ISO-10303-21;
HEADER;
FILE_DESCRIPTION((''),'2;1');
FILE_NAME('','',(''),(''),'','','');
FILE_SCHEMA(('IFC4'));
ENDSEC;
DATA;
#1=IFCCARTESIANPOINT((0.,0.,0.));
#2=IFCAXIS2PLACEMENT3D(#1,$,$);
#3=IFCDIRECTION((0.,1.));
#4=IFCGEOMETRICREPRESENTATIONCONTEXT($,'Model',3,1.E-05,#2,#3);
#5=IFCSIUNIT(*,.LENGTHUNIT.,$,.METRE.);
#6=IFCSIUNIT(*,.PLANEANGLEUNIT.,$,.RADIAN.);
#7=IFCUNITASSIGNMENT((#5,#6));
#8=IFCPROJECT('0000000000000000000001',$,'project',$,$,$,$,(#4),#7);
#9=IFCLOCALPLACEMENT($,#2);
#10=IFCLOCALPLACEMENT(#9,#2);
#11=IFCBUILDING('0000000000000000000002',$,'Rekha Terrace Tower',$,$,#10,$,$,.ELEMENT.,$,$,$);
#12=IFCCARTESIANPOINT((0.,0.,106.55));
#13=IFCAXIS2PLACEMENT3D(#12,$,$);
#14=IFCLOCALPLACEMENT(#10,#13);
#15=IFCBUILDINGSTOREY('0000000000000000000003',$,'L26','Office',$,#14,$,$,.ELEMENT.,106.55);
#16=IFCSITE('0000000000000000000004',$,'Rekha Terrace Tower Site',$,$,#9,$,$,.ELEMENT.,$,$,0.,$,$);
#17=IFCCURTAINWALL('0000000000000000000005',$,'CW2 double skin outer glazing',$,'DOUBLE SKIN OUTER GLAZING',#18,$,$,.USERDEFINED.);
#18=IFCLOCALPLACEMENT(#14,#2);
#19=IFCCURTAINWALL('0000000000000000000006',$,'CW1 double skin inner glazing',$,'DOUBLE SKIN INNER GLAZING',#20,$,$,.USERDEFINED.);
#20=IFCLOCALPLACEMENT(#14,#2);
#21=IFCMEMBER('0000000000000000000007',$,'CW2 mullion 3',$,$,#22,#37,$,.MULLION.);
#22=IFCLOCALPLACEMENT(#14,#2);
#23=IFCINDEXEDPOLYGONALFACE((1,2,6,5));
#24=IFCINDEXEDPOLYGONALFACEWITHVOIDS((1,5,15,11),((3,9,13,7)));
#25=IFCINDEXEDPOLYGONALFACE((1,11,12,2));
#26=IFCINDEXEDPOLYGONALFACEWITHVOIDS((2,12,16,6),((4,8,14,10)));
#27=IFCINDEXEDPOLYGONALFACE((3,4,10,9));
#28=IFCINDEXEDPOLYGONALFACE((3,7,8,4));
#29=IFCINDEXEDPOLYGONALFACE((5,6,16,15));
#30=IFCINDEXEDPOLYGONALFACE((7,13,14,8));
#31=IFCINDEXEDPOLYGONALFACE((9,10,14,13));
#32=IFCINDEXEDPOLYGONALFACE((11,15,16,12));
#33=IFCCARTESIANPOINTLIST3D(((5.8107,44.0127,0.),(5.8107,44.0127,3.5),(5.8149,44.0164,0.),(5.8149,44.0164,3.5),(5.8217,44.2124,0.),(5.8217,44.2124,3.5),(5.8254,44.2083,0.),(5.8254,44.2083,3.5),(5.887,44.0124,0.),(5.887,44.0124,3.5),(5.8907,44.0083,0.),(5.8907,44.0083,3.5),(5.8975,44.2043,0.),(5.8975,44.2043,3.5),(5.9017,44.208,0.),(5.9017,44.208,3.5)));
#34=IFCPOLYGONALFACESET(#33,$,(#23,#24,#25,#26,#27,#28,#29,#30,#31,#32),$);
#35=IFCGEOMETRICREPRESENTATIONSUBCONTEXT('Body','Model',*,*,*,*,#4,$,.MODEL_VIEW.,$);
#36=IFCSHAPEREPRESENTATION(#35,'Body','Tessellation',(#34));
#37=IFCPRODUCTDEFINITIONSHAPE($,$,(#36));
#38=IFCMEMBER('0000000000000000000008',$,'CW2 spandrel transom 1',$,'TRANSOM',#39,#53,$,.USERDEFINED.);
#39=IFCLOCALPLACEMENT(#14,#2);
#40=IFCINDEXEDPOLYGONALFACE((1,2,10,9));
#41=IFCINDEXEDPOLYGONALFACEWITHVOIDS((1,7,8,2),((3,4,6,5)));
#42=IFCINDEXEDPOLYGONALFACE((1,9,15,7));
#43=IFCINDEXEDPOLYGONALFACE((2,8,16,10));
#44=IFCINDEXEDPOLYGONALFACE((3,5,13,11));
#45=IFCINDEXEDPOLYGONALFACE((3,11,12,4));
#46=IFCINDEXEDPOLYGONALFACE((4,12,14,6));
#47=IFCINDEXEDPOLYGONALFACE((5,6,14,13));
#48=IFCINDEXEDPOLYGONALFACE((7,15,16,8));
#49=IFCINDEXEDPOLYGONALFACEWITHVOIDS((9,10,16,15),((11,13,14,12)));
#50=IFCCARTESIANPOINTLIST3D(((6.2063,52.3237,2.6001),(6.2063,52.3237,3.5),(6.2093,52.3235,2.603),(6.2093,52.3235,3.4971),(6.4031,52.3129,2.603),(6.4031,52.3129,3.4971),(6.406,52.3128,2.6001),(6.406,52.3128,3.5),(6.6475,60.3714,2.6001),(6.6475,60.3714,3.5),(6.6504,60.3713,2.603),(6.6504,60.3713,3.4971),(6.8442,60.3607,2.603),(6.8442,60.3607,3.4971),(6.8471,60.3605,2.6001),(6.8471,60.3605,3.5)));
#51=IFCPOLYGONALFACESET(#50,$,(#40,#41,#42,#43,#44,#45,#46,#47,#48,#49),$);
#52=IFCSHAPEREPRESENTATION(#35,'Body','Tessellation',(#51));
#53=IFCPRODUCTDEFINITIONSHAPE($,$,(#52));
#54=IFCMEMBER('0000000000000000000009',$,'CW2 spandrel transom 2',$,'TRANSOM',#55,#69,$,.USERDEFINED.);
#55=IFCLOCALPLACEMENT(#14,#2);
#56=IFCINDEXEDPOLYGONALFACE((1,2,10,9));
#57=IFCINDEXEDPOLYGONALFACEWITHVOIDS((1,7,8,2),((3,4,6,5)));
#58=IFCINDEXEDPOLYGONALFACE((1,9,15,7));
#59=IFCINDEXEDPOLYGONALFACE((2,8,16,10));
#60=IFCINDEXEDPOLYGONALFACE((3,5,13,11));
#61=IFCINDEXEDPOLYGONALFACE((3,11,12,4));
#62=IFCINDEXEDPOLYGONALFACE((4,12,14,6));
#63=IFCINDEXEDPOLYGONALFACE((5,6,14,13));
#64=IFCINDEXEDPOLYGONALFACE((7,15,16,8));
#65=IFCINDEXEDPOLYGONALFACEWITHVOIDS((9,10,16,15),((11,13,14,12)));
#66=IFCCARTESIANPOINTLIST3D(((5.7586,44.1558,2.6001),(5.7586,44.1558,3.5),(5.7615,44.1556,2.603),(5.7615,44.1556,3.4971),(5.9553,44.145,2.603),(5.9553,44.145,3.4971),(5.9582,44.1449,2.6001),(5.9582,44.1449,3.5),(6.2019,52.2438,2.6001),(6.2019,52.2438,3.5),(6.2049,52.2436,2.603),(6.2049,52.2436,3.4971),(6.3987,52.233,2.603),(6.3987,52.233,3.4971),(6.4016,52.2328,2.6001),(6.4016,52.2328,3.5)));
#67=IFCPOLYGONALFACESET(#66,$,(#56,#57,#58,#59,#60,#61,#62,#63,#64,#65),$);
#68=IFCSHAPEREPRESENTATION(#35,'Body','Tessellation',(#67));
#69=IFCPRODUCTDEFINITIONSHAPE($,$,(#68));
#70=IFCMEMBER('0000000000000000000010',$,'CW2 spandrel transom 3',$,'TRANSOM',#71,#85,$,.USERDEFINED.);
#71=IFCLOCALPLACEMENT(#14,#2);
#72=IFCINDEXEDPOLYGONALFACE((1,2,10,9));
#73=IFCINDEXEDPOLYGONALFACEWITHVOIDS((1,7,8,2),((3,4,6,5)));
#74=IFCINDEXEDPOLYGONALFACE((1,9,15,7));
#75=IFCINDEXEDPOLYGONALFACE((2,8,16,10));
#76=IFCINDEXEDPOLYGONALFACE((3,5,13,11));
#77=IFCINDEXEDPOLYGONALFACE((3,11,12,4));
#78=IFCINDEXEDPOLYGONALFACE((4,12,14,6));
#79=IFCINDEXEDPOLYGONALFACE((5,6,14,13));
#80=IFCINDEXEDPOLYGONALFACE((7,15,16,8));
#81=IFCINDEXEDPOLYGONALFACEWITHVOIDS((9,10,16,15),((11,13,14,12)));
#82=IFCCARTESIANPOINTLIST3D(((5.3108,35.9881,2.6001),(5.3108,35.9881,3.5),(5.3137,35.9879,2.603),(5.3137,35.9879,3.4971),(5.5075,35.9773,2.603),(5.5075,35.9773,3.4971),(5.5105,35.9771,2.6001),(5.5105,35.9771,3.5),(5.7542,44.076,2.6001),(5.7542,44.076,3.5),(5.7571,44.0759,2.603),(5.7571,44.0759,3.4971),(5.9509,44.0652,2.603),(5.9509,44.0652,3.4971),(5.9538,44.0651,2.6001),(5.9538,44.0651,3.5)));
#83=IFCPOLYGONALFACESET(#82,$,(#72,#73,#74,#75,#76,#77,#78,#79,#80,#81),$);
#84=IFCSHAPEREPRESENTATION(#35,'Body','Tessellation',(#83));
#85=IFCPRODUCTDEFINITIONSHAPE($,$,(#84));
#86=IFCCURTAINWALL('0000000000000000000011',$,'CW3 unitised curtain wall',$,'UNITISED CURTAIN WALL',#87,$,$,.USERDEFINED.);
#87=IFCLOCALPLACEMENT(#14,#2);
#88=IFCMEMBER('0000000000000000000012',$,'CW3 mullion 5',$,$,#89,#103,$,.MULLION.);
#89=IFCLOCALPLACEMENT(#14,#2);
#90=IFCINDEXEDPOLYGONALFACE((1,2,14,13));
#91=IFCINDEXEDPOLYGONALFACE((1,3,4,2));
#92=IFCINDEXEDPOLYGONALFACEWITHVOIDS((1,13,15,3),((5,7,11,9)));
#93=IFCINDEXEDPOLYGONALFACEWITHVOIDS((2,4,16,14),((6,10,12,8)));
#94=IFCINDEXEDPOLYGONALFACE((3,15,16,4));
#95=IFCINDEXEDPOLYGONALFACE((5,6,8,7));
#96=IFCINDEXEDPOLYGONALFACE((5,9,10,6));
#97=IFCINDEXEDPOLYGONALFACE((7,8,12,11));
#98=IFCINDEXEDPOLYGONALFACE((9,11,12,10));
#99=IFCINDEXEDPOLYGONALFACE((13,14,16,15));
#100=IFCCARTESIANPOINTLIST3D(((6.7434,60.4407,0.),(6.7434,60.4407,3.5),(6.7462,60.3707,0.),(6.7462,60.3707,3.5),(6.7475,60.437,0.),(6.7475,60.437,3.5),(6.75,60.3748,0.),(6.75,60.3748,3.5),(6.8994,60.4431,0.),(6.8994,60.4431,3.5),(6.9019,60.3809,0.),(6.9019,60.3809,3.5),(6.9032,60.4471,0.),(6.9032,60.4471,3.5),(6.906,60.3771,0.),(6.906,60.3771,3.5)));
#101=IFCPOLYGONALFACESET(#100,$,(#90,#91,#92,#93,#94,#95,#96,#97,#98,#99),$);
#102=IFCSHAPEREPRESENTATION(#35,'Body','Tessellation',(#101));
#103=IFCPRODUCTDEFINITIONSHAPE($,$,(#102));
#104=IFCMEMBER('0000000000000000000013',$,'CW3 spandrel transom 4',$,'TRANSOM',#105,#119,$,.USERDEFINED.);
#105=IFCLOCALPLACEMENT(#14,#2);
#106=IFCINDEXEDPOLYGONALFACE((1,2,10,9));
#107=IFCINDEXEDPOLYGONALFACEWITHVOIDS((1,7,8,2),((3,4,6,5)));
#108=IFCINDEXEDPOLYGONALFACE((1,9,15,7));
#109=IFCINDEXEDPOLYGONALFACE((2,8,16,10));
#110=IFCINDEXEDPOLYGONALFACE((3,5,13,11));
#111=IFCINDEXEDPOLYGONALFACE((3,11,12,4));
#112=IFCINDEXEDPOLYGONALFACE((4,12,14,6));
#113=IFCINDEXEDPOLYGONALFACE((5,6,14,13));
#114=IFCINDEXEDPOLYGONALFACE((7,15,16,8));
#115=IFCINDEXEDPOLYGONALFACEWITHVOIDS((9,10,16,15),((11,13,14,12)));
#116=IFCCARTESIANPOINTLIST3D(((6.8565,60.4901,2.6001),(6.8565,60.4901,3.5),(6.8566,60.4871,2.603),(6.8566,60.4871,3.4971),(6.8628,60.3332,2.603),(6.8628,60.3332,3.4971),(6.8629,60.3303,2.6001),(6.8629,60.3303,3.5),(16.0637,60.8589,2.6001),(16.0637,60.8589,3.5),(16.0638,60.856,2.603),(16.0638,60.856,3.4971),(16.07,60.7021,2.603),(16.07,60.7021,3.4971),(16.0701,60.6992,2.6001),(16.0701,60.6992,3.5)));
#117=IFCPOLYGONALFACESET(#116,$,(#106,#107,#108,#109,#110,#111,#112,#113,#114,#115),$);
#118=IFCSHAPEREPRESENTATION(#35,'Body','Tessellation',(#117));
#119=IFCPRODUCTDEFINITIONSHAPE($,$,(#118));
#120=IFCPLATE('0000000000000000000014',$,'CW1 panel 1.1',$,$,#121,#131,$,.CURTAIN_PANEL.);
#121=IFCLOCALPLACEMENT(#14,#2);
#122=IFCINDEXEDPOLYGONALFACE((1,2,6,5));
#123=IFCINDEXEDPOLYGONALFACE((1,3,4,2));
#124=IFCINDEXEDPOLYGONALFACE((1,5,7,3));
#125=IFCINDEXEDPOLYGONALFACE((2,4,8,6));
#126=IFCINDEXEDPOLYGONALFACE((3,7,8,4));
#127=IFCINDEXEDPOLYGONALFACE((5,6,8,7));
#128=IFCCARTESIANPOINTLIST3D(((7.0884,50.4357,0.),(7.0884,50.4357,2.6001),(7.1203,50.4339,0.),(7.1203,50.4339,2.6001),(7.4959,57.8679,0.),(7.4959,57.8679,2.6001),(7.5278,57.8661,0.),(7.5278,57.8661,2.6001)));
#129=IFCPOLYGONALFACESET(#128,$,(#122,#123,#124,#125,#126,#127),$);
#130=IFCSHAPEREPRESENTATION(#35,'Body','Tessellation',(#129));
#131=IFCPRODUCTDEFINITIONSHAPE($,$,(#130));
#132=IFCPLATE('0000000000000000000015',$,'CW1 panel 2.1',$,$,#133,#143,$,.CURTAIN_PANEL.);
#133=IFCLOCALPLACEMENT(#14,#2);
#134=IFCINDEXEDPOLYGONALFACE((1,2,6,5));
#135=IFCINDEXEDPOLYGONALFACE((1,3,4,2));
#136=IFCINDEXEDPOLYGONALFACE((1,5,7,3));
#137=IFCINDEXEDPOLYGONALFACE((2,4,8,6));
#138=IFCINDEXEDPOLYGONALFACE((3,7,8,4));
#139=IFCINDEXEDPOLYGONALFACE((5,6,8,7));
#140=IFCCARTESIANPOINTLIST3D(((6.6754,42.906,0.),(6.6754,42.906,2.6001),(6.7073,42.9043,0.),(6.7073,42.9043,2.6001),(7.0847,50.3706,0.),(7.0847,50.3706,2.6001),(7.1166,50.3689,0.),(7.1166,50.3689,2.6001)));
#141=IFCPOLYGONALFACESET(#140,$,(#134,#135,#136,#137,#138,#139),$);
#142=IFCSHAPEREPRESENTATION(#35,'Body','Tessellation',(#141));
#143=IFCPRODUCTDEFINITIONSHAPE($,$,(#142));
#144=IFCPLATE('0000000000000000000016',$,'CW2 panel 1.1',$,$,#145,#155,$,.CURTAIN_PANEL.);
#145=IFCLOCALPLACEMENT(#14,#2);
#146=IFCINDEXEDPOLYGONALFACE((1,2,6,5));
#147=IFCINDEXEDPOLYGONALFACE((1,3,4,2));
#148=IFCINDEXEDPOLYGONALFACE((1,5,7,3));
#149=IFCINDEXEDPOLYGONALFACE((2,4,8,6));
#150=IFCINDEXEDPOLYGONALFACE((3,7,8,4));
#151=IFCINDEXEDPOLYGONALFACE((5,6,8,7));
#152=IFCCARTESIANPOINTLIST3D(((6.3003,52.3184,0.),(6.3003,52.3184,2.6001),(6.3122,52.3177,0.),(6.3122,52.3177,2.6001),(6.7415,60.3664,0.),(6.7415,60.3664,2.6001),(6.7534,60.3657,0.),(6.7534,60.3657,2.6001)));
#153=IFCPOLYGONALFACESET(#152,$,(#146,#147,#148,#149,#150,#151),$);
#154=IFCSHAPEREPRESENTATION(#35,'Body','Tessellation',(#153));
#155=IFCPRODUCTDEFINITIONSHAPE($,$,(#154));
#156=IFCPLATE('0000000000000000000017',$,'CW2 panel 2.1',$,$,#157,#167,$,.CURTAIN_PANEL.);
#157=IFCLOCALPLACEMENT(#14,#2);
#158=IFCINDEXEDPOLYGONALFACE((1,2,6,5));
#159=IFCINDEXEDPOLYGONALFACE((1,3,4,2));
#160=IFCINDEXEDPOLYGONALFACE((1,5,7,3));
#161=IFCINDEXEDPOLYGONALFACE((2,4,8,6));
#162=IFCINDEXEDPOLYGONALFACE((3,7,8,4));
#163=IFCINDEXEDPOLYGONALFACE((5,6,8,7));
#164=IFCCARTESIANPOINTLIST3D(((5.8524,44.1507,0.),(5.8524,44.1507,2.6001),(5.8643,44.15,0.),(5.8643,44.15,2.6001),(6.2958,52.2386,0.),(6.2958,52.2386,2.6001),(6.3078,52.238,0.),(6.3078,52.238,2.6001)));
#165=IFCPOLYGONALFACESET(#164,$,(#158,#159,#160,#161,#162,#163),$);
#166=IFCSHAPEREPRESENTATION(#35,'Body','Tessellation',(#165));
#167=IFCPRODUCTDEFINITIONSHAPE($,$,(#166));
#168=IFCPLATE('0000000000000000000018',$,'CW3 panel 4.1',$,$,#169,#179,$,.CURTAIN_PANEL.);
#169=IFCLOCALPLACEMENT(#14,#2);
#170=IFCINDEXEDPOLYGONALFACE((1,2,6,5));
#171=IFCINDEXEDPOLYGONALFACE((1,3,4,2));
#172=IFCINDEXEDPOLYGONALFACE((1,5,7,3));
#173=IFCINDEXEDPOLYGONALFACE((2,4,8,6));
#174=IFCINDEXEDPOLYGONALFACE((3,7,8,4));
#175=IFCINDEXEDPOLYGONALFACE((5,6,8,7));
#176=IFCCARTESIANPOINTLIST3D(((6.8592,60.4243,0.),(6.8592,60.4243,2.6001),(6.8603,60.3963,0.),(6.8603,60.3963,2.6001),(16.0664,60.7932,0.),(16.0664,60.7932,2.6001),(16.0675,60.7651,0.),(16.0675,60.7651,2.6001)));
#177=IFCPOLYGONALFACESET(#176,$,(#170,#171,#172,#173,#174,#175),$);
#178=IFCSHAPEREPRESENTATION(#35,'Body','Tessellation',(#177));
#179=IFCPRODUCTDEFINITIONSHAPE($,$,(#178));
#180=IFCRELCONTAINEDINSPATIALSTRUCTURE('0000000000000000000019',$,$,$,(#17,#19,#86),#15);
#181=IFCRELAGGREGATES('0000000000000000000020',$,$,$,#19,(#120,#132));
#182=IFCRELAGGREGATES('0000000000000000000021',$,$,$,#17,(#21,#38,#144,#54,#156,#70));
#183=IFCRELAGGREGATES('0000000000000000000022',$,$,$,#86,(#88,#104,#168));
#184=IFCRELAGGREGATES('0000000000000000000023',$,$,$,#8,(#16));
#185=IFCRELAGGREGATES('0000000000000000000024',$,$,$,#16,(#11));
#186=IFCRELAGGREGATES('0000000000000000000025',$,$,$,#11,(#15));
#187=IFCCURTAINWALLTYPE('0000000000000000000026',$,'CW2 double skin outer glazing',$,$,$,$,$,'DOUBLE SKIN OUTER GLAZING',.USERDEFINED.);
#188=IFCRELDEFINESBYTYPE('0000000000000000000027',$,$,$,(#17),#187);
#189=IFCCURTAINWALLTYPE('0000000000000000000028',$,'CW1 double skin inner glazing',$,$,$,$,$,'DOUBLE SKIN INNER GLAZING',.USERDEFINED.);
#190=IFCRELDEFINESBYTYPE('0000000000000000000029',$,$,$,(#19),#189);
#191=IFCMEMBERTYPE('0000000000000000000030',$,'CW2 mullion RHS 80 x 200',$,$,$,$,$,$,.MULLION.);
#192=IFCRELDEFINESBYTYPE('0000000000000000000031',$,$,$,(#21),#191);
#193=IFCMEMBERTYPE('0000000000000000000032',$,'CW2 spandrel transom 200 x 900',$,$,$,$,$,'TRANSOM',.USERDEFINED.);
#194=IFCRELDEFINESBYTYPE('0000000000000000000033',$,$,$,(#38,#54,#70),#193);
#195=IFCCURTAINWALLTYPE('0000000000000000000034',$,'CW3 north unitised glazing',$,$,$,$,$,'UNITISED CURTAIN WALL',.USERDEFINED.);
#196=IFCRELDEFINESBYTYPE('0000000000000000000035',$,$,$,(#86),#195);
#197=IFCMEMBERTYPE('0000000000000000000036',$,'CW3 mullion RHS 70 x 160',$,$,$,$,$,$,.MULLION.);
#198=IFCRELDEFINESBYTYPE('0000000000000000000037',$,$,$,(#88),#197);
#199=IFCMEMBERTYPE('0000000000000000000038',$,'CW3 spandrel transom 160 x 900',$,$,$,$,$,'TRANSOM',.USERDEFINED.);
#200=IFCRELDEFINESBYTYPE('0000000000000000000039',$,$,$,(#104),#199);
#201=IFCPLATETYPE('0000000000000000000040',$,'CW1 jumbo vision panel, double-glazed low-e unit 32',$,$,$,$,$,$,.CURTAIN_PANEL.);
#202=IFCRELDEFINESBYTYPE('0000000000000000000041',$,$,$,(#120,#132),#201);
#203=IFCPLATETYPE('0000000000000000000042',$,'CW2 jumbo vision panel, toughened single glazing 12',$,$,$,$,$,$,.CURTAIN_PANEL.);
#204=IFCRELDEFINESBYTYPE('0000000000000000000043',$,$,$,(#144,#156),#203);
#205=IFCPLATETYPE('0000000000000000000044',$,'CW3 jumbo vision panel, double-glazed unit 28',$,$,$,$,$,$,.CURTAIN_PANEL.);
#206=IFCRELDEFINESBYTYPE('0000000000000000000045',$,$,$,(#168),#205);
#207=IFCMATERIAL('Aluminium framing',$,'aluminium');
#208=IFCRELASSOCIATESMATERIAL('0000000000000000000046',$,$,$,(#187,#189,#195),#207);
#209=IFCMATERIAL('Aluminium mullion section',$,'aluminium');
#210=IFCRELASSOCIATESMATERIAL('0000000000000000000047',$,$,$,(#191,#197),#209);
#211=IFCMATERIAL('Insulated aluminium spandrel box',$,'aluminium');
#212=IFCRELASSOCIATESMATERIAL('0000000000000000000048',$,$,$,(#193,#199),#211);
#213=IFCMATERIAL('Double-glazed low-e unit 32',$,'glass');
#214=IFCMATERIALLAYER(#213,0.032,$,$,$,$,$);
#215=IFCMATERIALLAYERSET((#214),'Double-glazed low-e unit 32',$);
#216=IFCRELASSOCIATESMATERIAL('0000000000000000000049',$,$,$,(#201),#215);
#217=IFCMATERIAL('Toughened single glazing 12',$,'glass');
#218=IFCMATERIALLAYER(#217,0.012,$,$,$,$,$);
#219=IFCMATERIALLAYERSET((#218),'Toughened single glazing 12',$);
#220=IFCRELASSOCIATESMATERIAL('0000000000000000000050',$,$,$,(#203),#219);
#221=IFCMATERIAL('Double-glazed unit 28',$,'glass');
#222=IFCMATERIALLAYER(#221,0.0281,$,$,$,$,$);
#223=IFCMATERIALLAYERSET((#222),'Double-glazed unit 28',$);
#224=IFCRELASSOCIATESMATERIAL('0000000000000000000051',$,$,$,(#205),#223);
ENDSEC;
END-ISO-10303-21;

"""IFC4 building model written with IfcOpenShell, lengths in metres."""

from ifc_helpers import new_model, si_unit, direction, frame, origin, origin_2d, place, context, subcontext, project, spatial, rectangle, hollow_rectangle, extrude, material, layer, layer_set, material_profile, profile_set, type_object, element, aggregate, save


model = new_model("IFC4")

# Units and contexts
model_context = context("Model", 3, precision=1e-05, world=origin(), true_north=direction((0.0, 1.0)))
body_context = subcontext(model_context, "Body", "Model", "MODEL_VIEW")
ifc_project = project(units=[si_unit("LENGTHUNIT", "METRE"), si_unit("PLANEANGLEUNIT", "RADIAN")], contexts=[model_context])

# Site, building, storey
site_placement = place(None, origin())
site = spatial("IfcSite", under=ifc_project, at=site_placement, Name="Rekha Terrace Tower Site", CompositionType="ELEMENT", RefElevation=0.0)
building_placement = place(site_placement, origin())
building = spatial("IfcBuilding", under=site, at=building_placement, Name="Rekha Terrace Tower", CompositionType="ELEMENT")
storey_placement = place(building_placement, frame((0.0, 0.0, 106.55)))
storey = spatial("IfcBuildingStorey", under=building, at=storey_placement, Name="L26", Description="Office", CompositionType="ELEMENT", Elevation=106.55)

# Curtain walls
ifc_material_1 = material(Name="Aluminium framing", Category="aluminium")
curtain_wall_type_1 = type_object("IfcCurtainWallType", Name="CW2 double skin outer glazing", ElementType="DOUBLE SKIN OUTER GLAZING", PredefinedType="USERDEFINED", material=ifc_material_1)
curtain_wall_1_placement = place(storey_placement, origin())
curtain_wall_1 = element("IfcCurtainWall", 1, at=curtain_wall_1_placement, inside=storey, type_object=curtain_wall_type_1, Name="CW2 double skin outer glazing", ObjectType="DOUBLE SKIN OUTER GLAZING", PredefinedType="USERDEFINED")
curtain_wall_type_2 = type_object("IfcCurtainWallType", Name="CW1 double skin inner glazing", ElementType="DOUBLE SKIN INNER GLAZING", PredefinedType="USERDEFINED", material=ifc_material_1)
curtain_wall_2_placement = place(storey_placement, origin())
curtain_wall_2 = element("IfcCurtainWall", 2, at=curtain_wall_2_placement, inside=storey, type_object=curtain_wall_type_2, Name="CW1 double skin inner glazing", ObjectType="DOUBLE SKIN INNER GLAZING", PredefinedType="USERDEFINED")
ifc_material_2 = material(Name="Aluminium mullion section", Category="aluminium")
ifc_material_3 = material(Name="Insulated aluminium spandrel box", Category="aluminium")

# Members
ifc_material_profile_1 = material_profile(ifc_material_2, hollow_rectangle(XDim=0.0801, YDim=0.2, WallThickness=0.0039, at=origin_2d()), Name="AL RHS 80x200")
ifc_profile_set_1 = profile_set([ifc_material_profile_1], Name="Aluminium mullion section")
member_type_1 = type_object("IfcMemberType", Name="CW2 mullion RHS 80 x 200", PredefinedType="MULLION", material=ifc_profile_set_1)
member_1_placement = place(storey_placement, frame((5.8562, 44.1104, 0.0), z_axis=(0.0, 0.0, 1.0), x_axis=(0.998501, -0.054742, 0.0)))
member_1 = element("IfcMember", 3, at=member_1_placement, type_object=member_type_1, Name="CW2 mullion 3", PredefinedType="MULLION", context=body_context, shape_type="SweptSolid", body=[
    extrude(hollow_rectangle(XDim=0.0801, YDim=0.2, WallThickness=0.0039, at=origin_2d()), origin(), (0.0, 0.0, 1.0), 3.5),
])
ifc_material_profile_2 = material_profile(ifc_material_3, hollow_rectangle(XDim=0.2, YDim=0.8999, WallThickness=0.0029, at=origin_2d()), Name="AL SPANDREL BOX 200x900")
ifc_profile_set_2 = profile_set([ifc_material_profile_2], Name="Insulated aluminium spandrel box")
member_type_2 = type_object("IfcMemberType", Name="CW2 spandrel transom 200 x 900", ElementType="TRANSOM", PredefinedType="USERDEFINED", material=ifc_profile_set_2)
member_2_placement = place(storey_placement, frame((6.7473, 60.366, 3.05), z_axis=(-0.054735, -0.998501, 0.0), x_axis=(0.998501, -0.054735, 0.0)))
member_2 = element("IfcMember", 4, at=member_2_placement, type_object=member_type_2, Name="CW2 spandrel transom 1", ObjectType="TRANSOM", PredefinedType="USERDEFINED", context=body_context, shape_type="SweptSolid", body=[
    extrude(hollow_rectangle(XDim=0.2, YDim=0.8999, WallThickness=0.0029, at=origin_2d()), origin(), (0.0, 0.0, 1.0), 8.0598),
])
member_3_placement = place(storey_placement, frame((6.3018, 52.2383, 3.05), z_axis=(-0.054735, -0.998501, 0.0), x_axis=(0.998501, -0.054735, 0.0)))
member_3 = element("IfcMember", 5, at=member_3_placement, type_object=member_type_2, Name="CW2 spandrel transom 2", ObjectType="TRANSOM", PredefinedType="USERDEFINED", context=body_context, shape_type="SweptSolid", body=[
    extrude(hollow_rectangle(XDim=0.2, YDim=0.8999, WallThickness=0.0029, at=origin_2d()), origin(), (0.0, 0.0, 1.0), 8.1001),
])
member_4_placement = place(storey_placement, frame((5.854, 44.0706, 3.05), z_axis=(-0.054735, -0.998501, 0.0), x_axis=(0.998501, -0.054735, 0.0)))
member_4 = element("IfcMember", 6, at=member_4_placement, type_object=member_type_2, Name="CW2 spandrel transom 3", ObjectType="TRANSOM", PredefinedType="USERDEFINED", context=body_context, shape_type="SweptSolid", body=[
    extrude(hollow_rectangle(XDim=0.2, YDim=0.8999, WallThickness=0.0029, at=origin_2d()), origin(), (0.0, 0.0, 1.0), 8.1001),
])

# Curtain wall, members
curtain_wall_type_3 = type_object("IfcCurtainWallType", Name="CW3 north unitised glazing", ElementType="UNITISED CURTAIN WALL", PredefinedType="USERDEFINED", material=ifc_material_1)
curtain_wall_3_placement = place(storey_placement, origin())
curtain_wall_3 = element("IfcCurtainWall", 7, at=curtain_wall_3_placement, inside=storey, type_object=curtain_wall_type_3, Name="CW3 unitised curtain wall", ObjectType="UNITISED CURTAIN WALL", PredefinedType="USERDEFINED")
ifc_material_profile_3 = material_profile(ifc_material_2, hollow_rectangle(XDim=0.0701, YDim=0.1599, WallThickness=0.0039, at=origin_2d()), Name="AL RHS 70x160")
ifc_profile_set_3 = profile_set([ifc_material_profile_3], Name="Aluminium mullion section")
member_type_3 = type_object("IfcMemberType", Name="CW3 mullion RHS 70 x 160", PredefinedType="MULLION", material=ifc_profile_set_3)
member_5_placement = place(storey_placement, frame((6.8247, 60.4089, 0.0), z_axis=(0.0, 0.0, 1.0), x_axis=(0.040032, -0.999198, 0.0)))
member_5 = element("IfcMember", 8, at=member_5_placement, type_object=member_type_3, Name="CW3 mullion 5", PredefinedType="MULLION", context=body_context, shape_type="SweptSolid", body=[
    extrude(hollow_rectangle(XDim=0.0701, YDim=0.1599, WallThickness=0.0039, at=origin_2d()), origin(), (0.0, 0.0, 1.0), 3.5),
])
ifc_material_profile_4 = material_profile(ifc_material_3, hollow_rectangle(XDim=0.1599, YDim=0.8999, WallThickness=0.0029, at=origin_2d()), Name="AL SPANDREL BOX 160x900")
ifc_profile_set_4 = profile_set([ifc_material_profile_4], Name="Insulated aluminium spandrel box")
member_type_4 = type_object("IfcMemberType", Name="CW3 spandrel transom 160 x 900", ElementType="TRANSOM", PredefinedType="USERDEFINED", material=ifc_profile_set_4)
member_6_placement = place(storey_placement, frame((16.0669, 60.7791, 3.05), z_axis=(-0.999198, -0.040034, 0.0), x_axis=(0.040034, -0.999198, 0.0)))
member_6 = element("IfcMember", 9, at=member_6_placement, type_object=member_type_4, Name="CW3 spandrel transom 4", ObjectType="TRANSOM", PredefinedType="USERDEFINED", context=body_context, shape_type="SweptSolid", body=[
    extrude(hollow_rectangle(XDim=0.1599, YDim=0.8999, WallThickness=0.0029, at=origin_2d()), origin(), (0.0, 0.0, 1.0), 9.2146),
])

# Plates
ifc_material_4 = material(Name="Double-glazed low-e unit 32", Category="glass")
ifc_layer_1 = layer(ifc_material_4, 0.032)
ifc_layer_set_1 = layer_set([ifc_layer_1], Name="Double-glazed low-e unit 32")
plate_type_1 = type_object("IfcPlateType", Name="CW1 jumbo vision panel, double-glazed low-e unit 32", PredefinedType="CURTAIN_PANEL", material=ifc_layer_set_1)
plate_1_placement = place(storey_placement, frame((7.3081, 54.1509, 0.0), z_axis=(0.0, 0.0, 1.0), x_axis=(-0.054742, -0.998501, 0.0)))
plate_1 = element("IfcPlate", 10, at=plate_1_placement, type_object=plate_type_1, Name="CW1 panel 1.1", PredefinedType="CURTAIN_PANEL", context=body_context, shape_type="SweptSolid", body=[
    extrude(rectangle(XDim=7.4434, YDim=0.032, at=origin_2d()), origin(), (0.0, 0.0, 1.0), 2.6001),
])
plate_2_placement = place(storey_placement, frame((6.896, 46.6375, 0.0), z_axis=(0.0, 0.0, 1.0), x_axis=(-0.054742, -0.998501, 0.0)))
plate_2 = element("IfcPlate", 11, at=plate_2_placement, type_object=plate_type_1, Name="CW1 panel 2.1", PredefinedType="CURTAIN_PANEL", context=body_context, shape_type="SweptSolid", body=[
    extrude(rectangle(XDim=7.4758, YDim=0.032, at=origin_2d()), origin(), (0.0, 0.0, 1.0), 2.6001),
])
aggregate(curtain_wall_2, [plate_1, plate_2])
ifc_material_5 = material(Name="Toughened single glazing 12", Category="glass")
ifc_layer_2 = layer(ifc_material_5, 0.012)
ifc_layer_set_2 = layer_set([ifc_layer_2], Name="Toughened single glazing 12")
plate_type_2 = type_object("IfcPlateType", Name="CW2 jumbo vision panel, toughened single glazing 12", PredefinedType="CURTAIN_PANEL", material=ifc_layer_set_2)
plate_3_placement = place(storey_placement, frame((6.5269, 56.342, 0.0), z_axis=(0.0, 0.0, 1.0), x_axis=(-0.054742, -0.998501, 0.0)))
plate_3 = element("IfcPlate", 12, at=plate_3_placement, type_object=plate_type_2, Name="CW2 panel 1.1", PredefinedType="CURTAIN_PANEL", context=body_context, shape_type="SweptSolid", body=[
    extrude(rectangle(XDim=8.0601, YDim=0.012, at=origin_2d()), origin(), (0.0, 0.0, 1.0), 2.6001),
])
plate_4_placement = place(storey_placement, frame((6.0801, 48.1943, 0.0), z_axis=(0.0, 0.0, 1.0), x_axis=(-0.054742, -0.998501, 0.0)))
plate_4 = element("IfcPlate", 13, at=plate_4_placement, type_object=plate_type_2, Name="CW2 panel 2.1", PredefinedType="CURTAIN_PANEL", context=body_context, shape_type="SweptSolid", body=[
    extrude(rectangle(XDim=8.1001, YDim=0.012, at=origin_2d()), origin(), (0.0, 0.0, 1.0), 2.6001),
])
aggregate(curtain_wall_1, [member_1, member_2, plate_3, member_3, plate_4, member_4])
ifc_material_6 = material(Name="Double-glazed unit 28", Category="glass")
ifc_layer_3 = layer(ifc_material_6, 0.0281)
ifc_layer_set_3 = layer_set([ifc_layer_3], Name="Double-glazed unit 28")
plate_type_3 = type_object("IfcPlateType", Name="CW3 jumbo vision panel, double-glazed unit 28", PredefinedType="CURTAIN_PANEL", material=ifc_layer_set_3)
plate_5_placement = place(storey_placement, frame((11.4634, 60.5947, 0.0), z_axis=(0.0, 0.0, 1.0), x_axis=(-0.999198, -0.040032, 0.0)))
plate_5 = element("IfcPlate", 14, at=plate_5_placement, type_object=plate_type_3, Name="CW3 panel 4.1", PredefinedType="CURTAIN_PANEL", context=body_context, shape_type="SweptSolid", body=[
    extrude(rectangle(XDim=9.2146, YDim=0.0281, at=origin_2d()), origin(), (0.0, 0.0, 1.0), 2.6001),
])
aggregate(curtain_wall_3, [member_5, member_6, plate_5])

save(model, "model.ifc")
